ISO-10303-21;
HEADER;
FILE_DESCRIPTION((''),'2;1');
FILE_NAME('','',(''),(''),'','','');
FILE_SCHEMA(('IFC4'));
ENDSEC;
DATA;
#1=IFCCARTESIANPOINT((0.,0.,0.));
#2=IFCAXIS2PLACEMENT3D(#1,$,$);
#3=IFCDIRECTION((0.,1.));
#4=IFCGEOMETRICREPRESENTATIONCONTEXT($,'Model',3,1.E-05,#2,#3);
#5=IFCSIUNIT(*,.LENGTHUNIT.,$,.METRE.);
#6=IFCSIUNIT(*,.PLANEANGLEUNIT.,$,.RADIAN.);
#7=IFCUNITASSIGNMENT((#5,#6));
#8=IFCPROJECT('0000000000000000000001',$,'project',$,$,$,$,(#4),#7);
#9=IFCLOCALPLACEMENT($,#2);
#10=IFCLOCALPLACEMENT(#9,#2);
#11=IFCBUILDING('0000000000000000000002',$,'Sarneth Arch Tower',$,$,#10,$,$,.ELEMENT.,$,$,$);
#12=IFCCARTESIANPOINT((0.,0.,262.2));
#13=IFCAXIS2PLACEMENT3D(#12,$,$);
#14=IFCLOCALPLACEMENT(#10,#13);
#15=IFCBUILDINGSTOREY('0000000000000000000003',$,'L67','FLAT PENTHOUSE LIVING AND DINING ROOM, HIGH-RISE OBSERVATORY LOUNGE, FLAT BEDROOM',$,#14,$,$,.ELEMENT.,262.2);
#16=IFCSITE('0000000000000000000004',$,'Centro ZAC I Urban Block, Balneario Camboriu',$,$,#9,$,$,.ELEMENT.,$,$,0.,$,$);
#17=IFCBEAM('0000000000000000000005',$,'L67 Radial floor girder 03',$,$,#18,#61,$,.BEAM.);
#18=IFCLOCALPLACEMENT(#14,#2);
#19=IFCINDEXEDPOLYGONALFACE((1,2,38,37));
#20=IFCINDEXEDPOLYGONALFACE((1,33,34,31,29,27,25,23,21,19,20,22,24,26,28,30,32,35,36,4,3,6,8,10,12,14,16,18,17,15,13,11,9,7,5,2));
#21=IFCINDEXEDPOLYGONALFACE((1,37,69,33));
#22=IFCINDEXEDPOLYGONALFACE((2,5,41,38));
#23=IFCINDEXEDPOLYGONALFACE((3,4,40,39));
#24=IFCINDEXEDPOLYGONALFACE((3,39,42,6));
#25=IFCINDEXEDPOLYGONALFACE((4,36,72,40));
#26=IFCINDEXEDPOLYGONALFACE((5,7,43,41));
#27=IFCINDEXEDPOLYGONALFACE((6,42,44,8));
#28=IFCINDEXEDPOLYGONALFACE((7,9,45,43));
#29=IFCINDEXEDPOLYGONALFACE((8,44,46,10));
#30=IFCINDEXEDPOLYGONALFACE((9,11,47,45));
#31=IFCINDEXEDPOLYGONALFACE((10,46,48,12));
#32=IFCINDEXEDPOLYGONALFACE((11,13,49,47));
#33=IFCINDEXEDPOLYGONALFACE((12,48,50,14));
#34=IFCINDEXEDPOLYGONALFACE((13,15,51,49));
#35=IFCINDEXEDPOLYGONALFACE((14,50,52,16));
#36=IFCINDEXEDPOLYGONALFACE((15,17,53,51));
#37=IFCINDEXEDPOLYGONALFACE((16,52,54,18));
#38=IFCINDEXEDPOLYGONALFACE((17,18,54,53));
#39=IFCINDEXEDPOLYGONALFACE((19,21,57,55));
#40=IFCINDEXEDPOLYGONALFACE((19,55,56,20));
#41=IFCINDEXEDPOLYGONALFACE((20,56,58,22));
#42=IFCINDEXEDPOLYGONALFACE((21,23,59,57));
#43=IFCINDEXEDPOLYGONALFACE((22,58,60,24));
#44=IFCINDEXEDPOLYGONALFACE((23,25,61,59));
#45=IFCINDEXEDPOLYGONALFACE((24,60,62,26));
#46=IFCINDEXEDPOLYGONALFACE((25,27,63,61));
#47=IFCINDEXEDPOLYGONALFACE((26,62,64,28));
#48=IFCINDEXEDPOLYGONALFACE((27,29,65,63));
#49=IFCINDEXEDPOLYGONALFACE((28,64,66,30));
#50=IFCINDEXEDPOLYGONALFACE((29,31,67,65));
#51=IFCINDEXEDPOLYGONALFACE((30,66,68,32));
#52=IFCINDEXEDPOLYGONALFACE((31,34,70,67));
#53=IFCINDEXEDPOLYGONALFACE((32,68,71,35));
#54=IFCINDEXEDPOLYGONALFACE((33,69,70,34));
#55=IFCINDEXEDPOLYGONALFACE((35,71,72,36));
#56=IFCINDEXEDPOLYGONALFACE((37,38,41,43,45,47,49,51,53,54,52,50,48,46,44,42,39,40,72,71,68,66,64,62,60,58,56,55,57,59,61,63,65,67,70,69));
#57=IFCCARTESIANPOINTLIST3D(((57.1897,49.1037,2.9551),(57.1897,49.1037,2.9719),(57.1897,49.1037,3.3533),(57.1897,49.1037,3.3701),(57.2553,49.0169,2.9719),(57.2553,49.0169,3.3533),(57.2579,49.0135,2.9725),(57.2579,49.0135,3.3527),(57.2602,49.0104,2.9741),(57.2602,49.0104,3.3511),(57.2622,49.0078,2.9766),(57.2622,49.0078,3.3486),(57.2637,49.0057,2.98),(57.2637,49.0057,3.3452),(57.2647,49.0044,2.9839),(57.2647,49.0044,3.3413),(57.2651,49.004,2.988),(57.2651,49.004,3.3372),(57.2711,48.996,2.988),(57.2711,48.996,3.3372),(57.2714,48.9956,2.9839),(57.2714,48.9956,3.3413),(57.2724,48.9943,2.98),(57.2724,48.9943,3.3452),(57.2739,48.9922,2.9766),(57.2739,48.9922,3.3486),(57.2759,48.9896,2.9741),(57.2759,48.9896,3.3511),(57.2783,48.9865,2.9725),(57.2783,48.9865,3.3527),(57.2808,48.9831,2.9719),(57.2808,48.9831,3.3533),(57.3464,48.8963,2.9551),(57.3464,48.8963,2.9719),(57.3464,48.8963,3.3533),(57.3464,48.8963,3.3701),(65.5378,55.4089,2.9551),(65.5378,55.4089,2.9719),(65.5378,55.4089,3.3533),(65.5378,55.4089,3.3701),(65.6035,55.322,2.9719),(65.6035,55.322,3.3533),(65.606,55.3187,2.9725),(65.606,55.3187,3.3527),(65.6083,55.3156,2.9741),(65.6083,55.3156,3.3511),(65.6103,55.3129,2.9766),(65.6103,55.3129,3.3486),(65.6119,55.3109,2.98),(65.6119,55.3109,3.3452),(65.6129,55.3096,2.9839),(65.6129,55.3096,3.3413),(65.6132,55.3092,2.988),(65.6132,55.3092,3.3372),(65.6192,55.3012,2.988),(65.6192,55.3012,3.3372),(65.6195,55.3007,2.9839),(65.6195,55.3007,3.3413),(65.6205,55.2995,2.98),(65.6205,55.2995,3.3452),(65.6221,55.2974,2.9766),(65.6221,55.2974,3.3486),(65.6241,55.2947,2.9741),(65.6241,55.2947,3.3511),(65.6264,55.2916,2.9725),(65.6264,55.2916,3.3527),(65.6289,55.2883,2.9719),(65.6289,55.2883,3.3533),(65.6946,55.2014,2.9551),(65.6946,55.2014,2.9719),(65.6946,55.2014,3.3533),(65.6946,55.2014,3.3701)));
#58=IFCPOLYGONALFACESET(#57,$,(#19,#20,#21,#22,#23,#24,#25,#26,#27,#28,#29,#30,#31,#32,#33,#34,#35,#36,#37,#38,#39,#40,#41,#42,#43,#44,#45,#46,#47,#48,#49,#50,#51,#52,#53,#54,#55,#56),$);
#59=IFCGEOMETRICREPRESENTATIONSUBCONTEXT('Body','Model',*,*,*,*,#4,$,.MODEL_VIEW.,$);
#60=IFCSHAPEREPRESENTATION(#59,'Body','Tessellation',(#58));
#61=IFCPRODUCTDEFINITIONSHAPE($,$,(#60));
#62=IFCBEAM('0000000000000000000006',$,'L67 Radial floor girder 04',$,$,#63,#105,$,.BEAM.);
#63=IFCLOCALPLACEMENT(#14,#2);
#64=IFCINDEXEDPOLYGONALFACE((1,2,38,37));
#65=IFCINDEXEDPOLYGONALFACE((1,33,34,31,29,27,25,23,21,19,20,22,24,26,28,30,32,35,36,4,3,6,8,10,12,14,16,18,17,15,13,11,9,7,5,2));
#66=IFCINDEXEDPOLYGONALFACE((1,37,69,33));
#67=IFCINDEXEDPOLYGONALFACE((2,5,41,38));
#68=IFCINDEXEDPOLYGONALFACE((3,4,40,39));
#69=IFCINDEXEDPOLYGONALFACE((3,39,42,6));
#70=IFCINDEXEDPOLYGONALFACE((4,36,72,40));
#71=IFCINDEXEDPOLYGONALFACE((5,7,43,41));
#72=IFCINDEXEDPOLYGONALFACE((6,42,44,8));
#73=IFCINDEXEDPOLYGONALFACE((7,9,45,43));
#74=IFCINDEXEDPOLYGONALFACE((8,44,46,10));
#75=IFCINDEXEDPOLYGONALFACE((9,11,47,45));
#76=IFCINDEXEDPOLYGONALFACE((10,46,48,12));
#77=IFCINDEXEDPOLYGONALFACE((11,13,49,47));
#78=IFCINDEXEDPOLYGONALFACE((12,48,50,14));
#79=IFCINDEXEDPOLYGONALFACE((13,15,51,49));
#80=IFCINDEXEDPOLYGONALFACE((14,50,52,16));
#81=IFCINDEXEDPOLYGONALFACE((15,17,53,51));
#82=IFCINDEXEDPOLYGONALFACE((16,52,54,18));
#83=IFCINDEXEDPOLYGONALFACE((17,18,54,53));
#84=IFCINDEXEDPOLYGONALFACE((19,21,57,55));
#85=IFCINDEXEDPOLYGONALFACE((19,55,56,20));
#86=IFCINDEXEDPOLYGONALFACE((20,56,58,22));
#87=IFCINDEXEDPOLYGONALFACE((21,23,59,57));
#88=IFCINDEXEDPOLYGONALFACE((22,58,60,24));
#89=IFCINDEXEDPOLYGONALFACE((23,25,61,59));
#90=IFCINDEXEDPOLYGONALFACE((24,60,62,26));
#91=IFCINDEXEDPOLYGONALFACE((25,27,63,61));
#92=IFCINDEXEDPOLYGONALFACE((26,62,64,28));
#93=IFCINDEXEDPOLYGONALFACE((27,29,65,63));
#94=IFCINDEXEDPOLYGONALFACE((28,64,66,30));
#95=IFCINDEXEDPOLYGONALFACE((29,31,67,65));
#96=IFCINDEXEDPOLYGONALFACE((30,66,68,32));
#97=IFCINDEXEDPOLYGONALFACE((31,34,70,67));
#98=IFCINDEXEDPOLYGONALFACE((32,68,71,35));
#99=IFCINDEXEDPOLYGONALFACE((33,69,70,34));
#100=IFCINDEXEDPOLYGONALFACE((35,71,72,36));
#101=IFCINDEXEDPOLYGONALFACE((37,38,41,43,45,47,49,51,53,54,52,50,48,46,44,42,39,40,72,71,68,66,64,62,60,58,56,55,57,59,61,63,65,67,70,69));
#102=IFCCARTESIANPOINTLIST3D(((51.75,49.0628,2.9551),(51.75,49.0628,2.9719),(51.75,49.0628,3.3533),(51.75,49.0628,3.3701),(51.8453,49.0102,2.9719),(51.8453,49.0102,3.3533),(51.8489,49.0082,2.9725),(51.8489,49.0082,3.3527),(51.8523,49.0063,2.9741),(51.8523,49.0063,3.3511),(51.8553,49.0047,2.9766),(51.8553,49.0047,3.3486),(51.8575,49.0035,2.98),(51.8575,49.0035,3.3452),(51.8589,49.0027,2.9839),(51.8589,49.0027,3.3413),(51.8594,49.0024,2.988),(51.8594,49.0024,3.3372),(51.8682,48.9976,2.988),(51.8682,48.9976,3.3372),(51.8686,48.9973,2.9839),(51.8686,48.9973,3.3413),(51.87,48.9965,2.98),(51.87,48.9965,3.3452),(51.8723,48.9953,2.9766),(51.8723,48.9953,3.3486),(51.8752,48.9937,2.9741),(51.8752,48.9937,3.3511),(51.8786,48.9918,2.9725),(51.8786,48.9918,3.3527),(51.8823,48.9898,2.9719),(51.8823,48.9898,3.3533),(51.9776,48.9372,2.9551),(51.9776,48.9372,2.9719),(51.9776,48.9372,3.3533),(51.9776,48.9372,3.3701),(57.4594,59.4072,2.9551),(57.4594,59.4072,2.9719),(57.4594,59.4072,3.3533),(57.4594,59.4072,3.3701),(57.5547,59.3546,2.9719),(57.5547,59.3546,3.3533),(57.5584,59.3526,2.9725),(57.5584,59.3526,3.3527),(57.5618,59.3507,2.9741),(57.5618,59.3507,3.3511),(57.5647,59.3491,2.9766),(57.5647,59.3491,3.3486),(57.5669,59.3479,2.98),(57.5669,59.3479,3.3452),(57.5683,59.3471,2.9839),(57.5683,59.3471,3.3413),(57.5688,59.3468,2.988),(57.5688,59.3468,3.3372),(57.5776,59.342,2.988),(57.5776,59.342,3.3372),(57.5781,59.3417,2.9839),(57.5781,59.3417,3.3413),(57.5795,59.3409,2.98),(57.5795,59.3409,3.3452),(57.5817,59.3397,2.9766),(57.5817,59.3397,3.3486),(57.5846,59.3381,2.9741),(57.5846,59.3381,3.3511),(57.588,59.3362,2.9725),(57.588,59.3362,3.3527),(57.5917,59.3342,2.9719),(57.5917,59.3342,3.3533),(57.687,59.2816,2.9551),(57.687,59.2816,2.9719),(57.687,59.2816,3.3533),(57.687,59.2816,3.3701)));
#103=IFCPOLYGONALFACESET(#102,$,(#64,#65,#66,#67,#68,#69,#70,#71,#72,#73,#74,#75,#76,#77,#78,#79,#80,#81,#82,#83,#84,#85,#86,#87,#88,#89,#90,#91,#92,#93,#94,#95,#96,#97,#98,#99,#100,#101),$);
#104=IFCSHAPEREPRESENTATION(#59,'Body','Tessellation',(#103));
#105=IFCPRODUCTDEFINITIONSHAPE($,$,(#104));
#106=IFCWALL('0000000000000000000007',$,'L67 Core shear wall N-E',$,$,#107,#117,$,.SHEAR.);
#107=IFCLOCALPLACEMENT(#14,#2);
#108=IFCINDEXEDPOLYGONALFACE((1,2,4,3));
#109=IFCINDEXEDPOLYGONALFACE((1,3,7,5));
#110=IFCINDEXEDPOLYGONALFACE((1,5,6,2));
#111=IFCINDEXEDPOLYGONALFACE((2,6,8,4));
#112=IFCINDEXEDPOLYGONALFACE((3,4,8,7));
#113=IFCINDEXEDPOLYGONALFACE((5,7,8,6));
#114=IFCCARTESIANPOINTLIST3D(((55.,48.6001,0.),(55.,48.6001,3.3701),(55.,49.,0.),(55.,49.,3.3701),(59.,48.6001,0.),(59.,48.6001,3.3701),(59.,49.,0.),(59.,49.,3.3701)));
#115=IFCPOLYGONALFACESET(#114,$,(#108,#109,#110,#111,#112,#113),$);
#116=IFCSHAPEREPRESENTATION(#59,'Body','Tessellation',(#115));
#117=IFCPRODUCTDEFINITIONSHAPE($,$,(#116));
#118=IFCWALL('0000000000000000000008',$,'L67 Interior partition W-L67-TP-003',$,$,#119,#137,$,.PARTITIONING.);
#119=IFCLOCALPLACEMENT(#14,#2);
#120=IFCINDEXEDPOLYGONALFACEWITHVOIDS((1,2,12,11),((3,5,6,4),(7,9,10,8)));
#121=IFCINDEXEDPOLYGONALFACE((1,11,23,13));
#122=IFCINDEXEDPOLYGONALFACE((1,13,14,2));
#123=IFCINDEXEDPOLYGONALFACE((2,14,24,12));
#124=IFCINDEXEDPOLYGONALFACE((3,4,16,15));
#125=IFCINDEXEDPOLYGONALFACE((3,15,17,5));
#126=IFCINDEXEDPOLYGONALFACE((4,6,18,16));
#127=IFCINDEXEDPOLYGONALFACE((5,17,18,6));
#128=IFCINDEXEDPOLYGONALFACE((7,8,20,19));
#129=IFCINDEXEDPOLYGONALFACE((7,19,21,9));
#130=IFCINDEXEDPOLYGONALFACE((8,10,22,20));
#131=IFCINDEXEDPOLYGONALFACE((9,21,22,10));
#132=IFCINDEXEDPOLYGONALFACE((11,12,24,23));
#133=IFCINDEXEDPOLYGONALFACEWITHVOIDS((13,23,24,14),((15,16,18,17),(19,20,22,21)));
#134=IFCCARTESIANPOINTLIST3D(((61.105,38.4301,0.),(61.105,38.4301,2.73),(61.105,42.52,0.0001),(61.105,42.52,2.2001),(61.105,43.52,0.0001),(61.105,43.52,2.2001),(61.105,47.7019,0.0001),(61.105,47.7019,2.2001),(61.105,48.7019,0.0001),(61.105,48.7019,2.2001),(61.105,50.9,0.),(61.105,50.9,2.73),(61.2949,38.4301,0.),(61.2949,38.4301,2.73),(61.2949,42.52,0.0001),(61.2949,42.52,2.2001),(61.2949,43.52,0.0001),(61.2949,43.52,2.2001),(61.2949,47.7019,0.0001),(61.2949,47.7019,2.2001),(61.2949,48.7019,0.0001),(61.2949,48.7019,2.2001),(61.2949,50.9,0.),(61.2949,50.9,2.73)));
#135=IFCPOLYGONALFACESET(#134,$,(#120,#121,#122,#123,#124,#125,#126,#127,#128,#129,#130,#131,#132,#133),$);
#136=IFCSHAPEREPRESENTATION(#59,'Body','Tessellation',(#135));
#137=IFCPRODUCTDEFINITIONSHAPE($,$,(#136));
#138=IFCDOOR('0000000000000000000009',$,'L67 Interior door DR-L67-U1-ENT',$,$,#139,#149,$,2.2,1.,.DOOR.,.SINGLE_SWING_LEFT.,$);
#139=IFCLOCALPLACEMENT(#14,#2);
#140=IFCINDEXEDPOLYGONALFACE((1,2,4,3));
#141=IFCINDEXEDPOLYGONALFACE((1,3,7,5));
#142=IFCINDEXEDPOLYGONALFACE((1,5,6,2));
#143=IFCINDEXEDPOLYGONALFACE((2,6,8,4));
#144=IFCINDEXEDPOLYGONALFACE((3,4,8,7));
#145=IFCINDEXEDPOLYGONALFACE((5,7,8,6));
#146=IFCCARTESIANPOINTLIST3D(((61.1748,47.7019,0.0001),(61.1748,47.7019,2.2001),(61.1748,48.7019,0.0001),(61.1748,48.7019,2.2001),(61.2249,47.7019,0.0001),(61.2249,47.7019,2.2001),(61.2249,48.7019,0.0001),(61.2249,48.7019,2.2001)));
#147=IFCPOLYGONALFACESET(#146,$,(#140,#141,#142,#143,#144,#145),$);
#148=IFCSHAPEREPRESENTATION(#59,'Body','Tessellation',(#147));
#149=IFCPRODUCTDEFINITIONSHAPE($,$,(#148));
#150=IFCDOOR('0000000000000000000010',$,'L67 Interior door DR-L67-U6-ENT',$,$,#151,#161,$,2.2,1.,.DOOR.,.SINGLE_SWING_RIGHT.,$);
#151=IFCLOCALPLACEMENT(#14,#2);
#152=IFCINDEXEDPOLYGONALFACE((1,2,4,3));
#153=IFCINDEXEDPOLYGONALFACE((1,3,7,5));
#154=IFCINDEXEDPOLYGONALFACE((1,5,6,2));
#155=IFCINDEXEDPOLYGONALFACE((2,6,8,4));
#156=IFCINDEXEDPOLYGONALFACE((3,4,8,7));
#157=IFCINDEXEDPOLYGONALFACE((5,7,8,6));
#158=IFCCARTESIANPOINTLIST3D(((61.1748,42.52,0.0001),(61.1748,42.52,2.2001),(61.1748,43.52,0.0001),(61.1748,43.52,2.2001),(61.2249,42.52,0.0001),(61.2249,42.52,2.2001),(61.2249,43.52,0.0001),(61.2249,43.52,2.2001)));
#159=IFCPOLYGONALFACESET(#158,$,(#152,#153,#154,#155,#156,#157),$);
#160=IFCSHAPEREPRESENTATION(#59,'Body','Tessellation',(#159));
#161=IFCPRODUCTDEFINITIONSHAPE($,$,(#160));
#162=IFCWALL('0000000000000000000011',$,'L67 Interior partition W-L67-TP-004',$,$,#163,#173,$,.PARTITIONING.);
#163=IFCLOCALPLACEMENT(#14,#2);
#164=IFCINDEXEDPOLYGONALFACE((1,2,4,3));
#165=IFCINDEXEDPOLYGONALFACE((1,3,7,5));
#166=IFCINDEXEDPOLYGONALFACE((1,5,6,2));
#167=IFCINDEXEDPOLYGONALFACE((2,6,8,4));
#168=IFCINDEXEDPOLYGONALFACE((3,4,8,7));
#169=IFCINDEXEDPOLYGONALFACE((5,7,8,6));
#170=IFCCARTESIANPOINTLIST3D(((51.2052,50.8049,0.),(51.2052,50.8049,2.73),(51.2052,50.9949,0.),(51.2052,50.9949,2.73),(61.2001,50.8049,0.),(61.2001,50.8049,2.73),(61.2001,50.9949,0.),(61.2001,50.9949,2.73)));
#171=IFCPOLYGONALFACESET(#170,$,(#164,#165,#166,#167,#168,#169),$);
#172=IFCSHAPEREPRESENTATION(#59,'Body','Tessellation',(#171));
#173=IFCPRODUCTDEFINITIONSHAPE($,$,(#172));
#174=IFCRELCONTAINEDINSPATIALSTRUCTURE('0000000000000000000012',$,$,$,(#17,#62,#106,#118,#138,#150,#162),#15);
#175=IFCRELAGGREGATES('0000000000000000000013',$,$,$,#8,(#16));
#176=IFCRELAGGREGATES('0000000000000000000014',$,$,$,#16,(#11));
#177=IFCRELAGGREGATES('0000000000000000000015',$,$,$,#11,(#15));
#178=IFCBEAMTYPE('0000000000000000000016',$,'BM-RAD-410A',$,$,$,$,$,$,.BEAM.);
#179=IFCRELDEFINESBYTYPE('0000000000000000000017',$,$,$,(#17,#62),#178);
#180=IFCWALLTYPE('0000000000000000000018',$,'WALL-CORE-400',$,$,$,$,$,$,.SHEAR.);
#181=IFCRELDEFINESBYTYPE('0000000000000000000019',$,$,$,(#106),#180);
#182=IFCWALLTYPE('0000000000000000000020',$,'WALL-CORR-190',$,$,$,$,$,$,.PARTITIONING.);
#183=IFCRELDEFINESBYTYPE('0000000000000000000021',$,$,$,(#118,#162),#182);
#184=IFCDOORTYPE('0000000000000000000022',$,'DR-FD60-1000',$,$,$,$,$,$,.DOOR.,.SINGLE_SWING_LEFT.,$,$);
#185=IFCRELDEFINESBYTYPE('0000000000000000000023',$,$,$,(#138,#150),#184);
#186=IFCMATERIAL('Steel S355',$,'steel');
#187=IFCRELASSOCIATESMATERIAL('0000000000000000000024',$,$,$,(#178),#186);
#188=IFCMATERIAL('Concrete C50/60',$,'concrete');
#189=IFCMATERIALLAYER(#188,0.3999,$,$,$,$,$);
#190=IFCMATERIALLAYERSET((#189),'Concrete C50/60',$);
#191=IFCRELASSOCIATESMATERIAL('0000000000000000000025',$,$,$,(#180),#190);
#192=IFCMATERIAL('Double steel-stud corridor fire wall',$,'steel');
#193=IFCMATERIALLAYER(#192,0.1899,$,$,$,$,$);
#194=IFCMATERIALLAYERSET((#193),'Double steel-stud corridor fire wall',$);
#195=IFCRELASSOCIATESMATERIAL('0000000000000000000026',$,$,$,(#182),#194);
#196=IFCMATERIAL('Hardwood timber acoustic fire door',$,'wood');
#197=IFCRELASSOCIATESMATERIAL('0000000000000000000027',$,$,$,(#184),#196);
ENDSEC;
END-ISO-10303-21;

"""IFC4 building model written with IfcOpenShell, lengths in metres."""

from ifc_helpers import new_model, si_unit, direction, frame, frame_2d, origin, origin_2d, place, context, subcontext, project, spatial, rectangle, i_section, extrude, material, layer, layer_set, material_profile, profile_set, type_object, element, fill, save


model = new_model("IFC4")

# Units and contexts
model_context = context("Model", 3, precision=1e-05, world=origin(), true_north=direction((0.0, 1.0)))
body_context = subcontext(model_context, "Body", "Model", "MODEL_VIEW")
ifc_project = project(units=[si_unit("LENGTHUNIT", "METRE"), si_unit("PLANEANGLEUNIT", "RADIAN")], contexts=[model_context])

# Site, building, storey
site_placement = place(None, origin())
site = spatial("IfcSite", under=ifc_project, at=site_placement, Name="Centro ZAC I Urban Block, Balneario Camboriu", CompositionType="ELEMENT", RefElevation=0.0)
building_placement = place(site_placement, origin())
building = spatial("IfcBuilding", under=site, at=building_placement, Name="Sarneth Arch Tower", CompositionType="ELEMENT")
storey_placement = place(building_placement, frame((0.0, 0.0, 262.2)))
storey = spatial("IfcBuildingStorey", under=building, at=storey_placement, Name="L67", Description="FLAT PENTHOUSE LIVING AND DINING ROOM, HIGH-RISE OBSERVATORY LOUNGE, FLAT BEDROOM", CompositionType="ELEMENT", Elevation=262.2)

# Beams
ifc_material_1 = material(Name="Steel S355", Category="steel")
ifc_material_profile_1 = material_profile(ifc_material_1, i_section(OverallWidth=0.26, OverallDepth=0.415, WebThickness=0.01, FlangeThickness=0.0168, FilletRadius=0.0161, at=origin_2d()), Name="W410x100")
ifc_profile_set_1 = profile_set([ifc_material_profile_1], Name="Steel S355")
beam_type_1 = type_object("IfcBeamType", Name="BM-RAD-410A", PredefinedType="BEAM", material=ifc_profile_set_1)
beam_1_placement = place(storey_placement, frame((57.2681, 49.0, 3.1626), z_axis=(0.797974, 0.602692, 0.0), x_axis=(-0.602692, 0.797974, 0.0)))
element("IfcBeam", 1, at=beam_1_placement, inside=storey, type_object=beam_type_1, Name="L67 Radial floor girder 03", PredefinedType="BEAM", context=body_context, shape_type="SweptSolid", body=[
    extrude(i_section(OverallWidth=0.26, OverallDepth=0.415, WebThickness=0.01, FlangeThickness=0.0168, FilletRadius=0.0161, at=origin_2d()), origin(), (0.0, 0.0, 1.0), 10.4617),
])
beam_2_placement = place(storey_placement, frame((51.8638, 49.0, 3.1626), z_axis=(0.483218, 0.8755, 0.0), x_axis=(-0.8755, 0.483218, 0.0)))
element("IfcBeam", 2, at=beam_2_placement, inside=storey, type_object=beam_type_1, Name="L67 Radial floor girder 04", PredefinedType="BEAM", context=body_context, shape_type="SweptSolid", body=[
    extrude(i_section(OverallWidth=0.26, OverallDepth=0.415, WebThickness=0.01, FlangeThickness=0.0168, FilletRadius=0.0161, at=origin_2d()), origin(), (0.0, 0.0, 1.0), 11.8154),
])

# Wall
ifc_material_2 = material(Name="Concrete C50/60", Category="concrete")
ifc_layer_1 = layer(ifc_material_2, 0.3999)
ifc_layer_set_1 = layer_set([ifc_layer_1], Name="Concrete C50/60")
wall_type_1 = type_object("IfcWallType", Name="WALL-CORE-400", PredefinedType="SHEAR", material=ifc_layer_set_1)
wall_1_placement = place(storey_placement, frame((55.0, 48.8, 0.0), z_axis=(0.0, 0.0, 1.0), x_axis=(1.0, 0.0, 0.0)))
element("IfcWall", 3, at=wall_1_placement, inside=storey, type_object=wall_type_1, Name="L67 Core shear wall N-E", PredefinedType="SHEAR", context=body_context, shape_type="SweptSolid", body=[
    extrude(rectangle(XDim=4.0, YDim=0.3999, at=frame_2d((2.0, 0.0))), origin(), (0.0, 0.0, 1.0), 3.3701),
])

# Wall, openings, doors
ifc_material_3 = material(Name="Double steel-stud corridor fire wall", Category="steel")
ifc_layer_2 = layer(ifc_material_3, 0.1899)
ifc_layer_set_2 = layer_set([ifc_layer_2], Name="Double steel-stud corridor fire wall")
wall_type_2 = type_object("IfcWallType", Name="WALL-CORR-190", PredefinedType="PARTITIONING", material=ifc_layer_set_2)
wall_2_placement = place(storey_placement, frame((61.2, 50.8999, 0.0), z_axis=(0.0, 0.0, 1.0), x_axis=(0.0, -1.0, 0.0)))
wall_2 = element("IfcWall", 4, at=wall_2_placement, inside=storey, type_object=wall_type_2, Name="L67 Interior partition W-L67-TP-003", PredefinedType="PARTITIONING", context=body_context, shape_type="SweptSolid", body=[
    extrude(rectangle(XDim=12.47, YDim=0.1899, at=frame_2d((6.2349, 0.0))), origin(), (0.0, 0.0, 1.0), 2.73),
])
opening_1_placement = place(wall_2_placement, frame((2.198, 0.0, 0.0)))
opening_1 = element("IfcOpeningElement", 5, at=opening_1_placement, cuts=wall_2, PredefinedType="OPENING", context=body_context, shape_type="SweptSolid", body=[
    extrude(rectangle(XDim=1.0, YDim=2.2, at=frame_2d((0.5, 1.1001))), frame((0.0, 0.105, 0.0), z_axis=(0.0, -1.0, 0.0), x_axis=(1.0, 0.0, 0.0)), (0.0, 0.0, 1.0), 0.21),
])
opening_2_placement = place(wall_2_placement, frame((7.3799, 0.0, 0.0)))
opening_2 = element("IfcOpeningElement", 6, at=opening_2_placement, cuts=wall_2, PredefinedType="OPENING", context=body_context, shape_type="SweptSolid", body=[
    extrude(rectangle(XDim=1.0, YDim=2.2, at=frame_2d((0.5, 1.1001))), frame((0.0, 0.105, 0.0), z_axis=(0.0, -1.0, 0.0), x_axis=(1.0, 0.0, 0.0)), (0.0, 0.0, 1.0), 0.21),
])
ifc_material_4 = material(Name="Hardwood timber acoustic fire door", Category="wood")
door_type_1 = type_object("IfcDoorType", Name="DR-FD60-1000", OperationType="SINGLE_SWING_LEFT", PredefinedType="DOOR", material=ifc_material_4)
door_1_placement = place(opening_1_placement, origin())
door_1 = element("IfcDoor", 7, at=door_1_placement, inside=storey, type_object=door_type_1, Name="L67 Interior door DR-L67-U1-ENT", OperationType="SINGLE_SWING_LEFT", OverallHeight=2.2, OverallWidth=1.0, PredefinedType="DOOR", context=body_context, shape_type="SweptSolid", body=[
    extrude(rectangle(XDim=1.0, YDim=2.2, at=frame_2d((0.5, 1.1001))), frame((0.0, 0.0249, 0.0), z_axis=(0.0, -1.0, 0.0), x_axis=(1.0, 0.0, 0.0)), (0.0, 0.0, 1.0), 0.05),
])
fill(opening_1, door_1)
door_2_placement = place(opening_2_placement, origin())
door_2 = element("IfcDoor", 8, at=door_2_placement, inside=storey, type_object=door_type_1, Name="L67 Interior door DR-L67-U6-ENT", OperationType="SINGLE_SWING_RIGHT", OverallHeight=2.2, OverallWidth=1.0, PredefinedType="DOOR", context=body_context, shape_type="SweptSolid", body=[
    extrude(rectangle(XDim=1.0, YDim=2.2, at=frame_2d((0.5, 1.1001))), frame((0.0, 0.0249, 0.0), z_axis=(0.0, -1.0, 0.0), x_axis=(1.0, 0.0, 0.0)), (0.0, 0.0, 1.0), 0.05),
])
fill(opening_2, door_2)

# Wall
wall_3_placement = place(storey_placement, frame((51.2051, 50.8999, 0.0), z_axis=(0.0, 0.0, 1.0), x_axis=(1.0, 0.0, 0.0)))
element("IfcWall", 9, at=wall_3_placement, inside=storey, type_object=wall_type_2, Name="L67 Interior partition W-L67-TP-004", PredefinedType="PARTITIONING", context=body_context, shape_type="SweptSolid", body=[
    extrude(rectangle(XDim=9.9949, YDim=0.1899, at=frame_2d((4.9976, 0.0))), origin(), (0.0, 0.0, 1.0), 2.73),
])

save(model, "model.ifc")
